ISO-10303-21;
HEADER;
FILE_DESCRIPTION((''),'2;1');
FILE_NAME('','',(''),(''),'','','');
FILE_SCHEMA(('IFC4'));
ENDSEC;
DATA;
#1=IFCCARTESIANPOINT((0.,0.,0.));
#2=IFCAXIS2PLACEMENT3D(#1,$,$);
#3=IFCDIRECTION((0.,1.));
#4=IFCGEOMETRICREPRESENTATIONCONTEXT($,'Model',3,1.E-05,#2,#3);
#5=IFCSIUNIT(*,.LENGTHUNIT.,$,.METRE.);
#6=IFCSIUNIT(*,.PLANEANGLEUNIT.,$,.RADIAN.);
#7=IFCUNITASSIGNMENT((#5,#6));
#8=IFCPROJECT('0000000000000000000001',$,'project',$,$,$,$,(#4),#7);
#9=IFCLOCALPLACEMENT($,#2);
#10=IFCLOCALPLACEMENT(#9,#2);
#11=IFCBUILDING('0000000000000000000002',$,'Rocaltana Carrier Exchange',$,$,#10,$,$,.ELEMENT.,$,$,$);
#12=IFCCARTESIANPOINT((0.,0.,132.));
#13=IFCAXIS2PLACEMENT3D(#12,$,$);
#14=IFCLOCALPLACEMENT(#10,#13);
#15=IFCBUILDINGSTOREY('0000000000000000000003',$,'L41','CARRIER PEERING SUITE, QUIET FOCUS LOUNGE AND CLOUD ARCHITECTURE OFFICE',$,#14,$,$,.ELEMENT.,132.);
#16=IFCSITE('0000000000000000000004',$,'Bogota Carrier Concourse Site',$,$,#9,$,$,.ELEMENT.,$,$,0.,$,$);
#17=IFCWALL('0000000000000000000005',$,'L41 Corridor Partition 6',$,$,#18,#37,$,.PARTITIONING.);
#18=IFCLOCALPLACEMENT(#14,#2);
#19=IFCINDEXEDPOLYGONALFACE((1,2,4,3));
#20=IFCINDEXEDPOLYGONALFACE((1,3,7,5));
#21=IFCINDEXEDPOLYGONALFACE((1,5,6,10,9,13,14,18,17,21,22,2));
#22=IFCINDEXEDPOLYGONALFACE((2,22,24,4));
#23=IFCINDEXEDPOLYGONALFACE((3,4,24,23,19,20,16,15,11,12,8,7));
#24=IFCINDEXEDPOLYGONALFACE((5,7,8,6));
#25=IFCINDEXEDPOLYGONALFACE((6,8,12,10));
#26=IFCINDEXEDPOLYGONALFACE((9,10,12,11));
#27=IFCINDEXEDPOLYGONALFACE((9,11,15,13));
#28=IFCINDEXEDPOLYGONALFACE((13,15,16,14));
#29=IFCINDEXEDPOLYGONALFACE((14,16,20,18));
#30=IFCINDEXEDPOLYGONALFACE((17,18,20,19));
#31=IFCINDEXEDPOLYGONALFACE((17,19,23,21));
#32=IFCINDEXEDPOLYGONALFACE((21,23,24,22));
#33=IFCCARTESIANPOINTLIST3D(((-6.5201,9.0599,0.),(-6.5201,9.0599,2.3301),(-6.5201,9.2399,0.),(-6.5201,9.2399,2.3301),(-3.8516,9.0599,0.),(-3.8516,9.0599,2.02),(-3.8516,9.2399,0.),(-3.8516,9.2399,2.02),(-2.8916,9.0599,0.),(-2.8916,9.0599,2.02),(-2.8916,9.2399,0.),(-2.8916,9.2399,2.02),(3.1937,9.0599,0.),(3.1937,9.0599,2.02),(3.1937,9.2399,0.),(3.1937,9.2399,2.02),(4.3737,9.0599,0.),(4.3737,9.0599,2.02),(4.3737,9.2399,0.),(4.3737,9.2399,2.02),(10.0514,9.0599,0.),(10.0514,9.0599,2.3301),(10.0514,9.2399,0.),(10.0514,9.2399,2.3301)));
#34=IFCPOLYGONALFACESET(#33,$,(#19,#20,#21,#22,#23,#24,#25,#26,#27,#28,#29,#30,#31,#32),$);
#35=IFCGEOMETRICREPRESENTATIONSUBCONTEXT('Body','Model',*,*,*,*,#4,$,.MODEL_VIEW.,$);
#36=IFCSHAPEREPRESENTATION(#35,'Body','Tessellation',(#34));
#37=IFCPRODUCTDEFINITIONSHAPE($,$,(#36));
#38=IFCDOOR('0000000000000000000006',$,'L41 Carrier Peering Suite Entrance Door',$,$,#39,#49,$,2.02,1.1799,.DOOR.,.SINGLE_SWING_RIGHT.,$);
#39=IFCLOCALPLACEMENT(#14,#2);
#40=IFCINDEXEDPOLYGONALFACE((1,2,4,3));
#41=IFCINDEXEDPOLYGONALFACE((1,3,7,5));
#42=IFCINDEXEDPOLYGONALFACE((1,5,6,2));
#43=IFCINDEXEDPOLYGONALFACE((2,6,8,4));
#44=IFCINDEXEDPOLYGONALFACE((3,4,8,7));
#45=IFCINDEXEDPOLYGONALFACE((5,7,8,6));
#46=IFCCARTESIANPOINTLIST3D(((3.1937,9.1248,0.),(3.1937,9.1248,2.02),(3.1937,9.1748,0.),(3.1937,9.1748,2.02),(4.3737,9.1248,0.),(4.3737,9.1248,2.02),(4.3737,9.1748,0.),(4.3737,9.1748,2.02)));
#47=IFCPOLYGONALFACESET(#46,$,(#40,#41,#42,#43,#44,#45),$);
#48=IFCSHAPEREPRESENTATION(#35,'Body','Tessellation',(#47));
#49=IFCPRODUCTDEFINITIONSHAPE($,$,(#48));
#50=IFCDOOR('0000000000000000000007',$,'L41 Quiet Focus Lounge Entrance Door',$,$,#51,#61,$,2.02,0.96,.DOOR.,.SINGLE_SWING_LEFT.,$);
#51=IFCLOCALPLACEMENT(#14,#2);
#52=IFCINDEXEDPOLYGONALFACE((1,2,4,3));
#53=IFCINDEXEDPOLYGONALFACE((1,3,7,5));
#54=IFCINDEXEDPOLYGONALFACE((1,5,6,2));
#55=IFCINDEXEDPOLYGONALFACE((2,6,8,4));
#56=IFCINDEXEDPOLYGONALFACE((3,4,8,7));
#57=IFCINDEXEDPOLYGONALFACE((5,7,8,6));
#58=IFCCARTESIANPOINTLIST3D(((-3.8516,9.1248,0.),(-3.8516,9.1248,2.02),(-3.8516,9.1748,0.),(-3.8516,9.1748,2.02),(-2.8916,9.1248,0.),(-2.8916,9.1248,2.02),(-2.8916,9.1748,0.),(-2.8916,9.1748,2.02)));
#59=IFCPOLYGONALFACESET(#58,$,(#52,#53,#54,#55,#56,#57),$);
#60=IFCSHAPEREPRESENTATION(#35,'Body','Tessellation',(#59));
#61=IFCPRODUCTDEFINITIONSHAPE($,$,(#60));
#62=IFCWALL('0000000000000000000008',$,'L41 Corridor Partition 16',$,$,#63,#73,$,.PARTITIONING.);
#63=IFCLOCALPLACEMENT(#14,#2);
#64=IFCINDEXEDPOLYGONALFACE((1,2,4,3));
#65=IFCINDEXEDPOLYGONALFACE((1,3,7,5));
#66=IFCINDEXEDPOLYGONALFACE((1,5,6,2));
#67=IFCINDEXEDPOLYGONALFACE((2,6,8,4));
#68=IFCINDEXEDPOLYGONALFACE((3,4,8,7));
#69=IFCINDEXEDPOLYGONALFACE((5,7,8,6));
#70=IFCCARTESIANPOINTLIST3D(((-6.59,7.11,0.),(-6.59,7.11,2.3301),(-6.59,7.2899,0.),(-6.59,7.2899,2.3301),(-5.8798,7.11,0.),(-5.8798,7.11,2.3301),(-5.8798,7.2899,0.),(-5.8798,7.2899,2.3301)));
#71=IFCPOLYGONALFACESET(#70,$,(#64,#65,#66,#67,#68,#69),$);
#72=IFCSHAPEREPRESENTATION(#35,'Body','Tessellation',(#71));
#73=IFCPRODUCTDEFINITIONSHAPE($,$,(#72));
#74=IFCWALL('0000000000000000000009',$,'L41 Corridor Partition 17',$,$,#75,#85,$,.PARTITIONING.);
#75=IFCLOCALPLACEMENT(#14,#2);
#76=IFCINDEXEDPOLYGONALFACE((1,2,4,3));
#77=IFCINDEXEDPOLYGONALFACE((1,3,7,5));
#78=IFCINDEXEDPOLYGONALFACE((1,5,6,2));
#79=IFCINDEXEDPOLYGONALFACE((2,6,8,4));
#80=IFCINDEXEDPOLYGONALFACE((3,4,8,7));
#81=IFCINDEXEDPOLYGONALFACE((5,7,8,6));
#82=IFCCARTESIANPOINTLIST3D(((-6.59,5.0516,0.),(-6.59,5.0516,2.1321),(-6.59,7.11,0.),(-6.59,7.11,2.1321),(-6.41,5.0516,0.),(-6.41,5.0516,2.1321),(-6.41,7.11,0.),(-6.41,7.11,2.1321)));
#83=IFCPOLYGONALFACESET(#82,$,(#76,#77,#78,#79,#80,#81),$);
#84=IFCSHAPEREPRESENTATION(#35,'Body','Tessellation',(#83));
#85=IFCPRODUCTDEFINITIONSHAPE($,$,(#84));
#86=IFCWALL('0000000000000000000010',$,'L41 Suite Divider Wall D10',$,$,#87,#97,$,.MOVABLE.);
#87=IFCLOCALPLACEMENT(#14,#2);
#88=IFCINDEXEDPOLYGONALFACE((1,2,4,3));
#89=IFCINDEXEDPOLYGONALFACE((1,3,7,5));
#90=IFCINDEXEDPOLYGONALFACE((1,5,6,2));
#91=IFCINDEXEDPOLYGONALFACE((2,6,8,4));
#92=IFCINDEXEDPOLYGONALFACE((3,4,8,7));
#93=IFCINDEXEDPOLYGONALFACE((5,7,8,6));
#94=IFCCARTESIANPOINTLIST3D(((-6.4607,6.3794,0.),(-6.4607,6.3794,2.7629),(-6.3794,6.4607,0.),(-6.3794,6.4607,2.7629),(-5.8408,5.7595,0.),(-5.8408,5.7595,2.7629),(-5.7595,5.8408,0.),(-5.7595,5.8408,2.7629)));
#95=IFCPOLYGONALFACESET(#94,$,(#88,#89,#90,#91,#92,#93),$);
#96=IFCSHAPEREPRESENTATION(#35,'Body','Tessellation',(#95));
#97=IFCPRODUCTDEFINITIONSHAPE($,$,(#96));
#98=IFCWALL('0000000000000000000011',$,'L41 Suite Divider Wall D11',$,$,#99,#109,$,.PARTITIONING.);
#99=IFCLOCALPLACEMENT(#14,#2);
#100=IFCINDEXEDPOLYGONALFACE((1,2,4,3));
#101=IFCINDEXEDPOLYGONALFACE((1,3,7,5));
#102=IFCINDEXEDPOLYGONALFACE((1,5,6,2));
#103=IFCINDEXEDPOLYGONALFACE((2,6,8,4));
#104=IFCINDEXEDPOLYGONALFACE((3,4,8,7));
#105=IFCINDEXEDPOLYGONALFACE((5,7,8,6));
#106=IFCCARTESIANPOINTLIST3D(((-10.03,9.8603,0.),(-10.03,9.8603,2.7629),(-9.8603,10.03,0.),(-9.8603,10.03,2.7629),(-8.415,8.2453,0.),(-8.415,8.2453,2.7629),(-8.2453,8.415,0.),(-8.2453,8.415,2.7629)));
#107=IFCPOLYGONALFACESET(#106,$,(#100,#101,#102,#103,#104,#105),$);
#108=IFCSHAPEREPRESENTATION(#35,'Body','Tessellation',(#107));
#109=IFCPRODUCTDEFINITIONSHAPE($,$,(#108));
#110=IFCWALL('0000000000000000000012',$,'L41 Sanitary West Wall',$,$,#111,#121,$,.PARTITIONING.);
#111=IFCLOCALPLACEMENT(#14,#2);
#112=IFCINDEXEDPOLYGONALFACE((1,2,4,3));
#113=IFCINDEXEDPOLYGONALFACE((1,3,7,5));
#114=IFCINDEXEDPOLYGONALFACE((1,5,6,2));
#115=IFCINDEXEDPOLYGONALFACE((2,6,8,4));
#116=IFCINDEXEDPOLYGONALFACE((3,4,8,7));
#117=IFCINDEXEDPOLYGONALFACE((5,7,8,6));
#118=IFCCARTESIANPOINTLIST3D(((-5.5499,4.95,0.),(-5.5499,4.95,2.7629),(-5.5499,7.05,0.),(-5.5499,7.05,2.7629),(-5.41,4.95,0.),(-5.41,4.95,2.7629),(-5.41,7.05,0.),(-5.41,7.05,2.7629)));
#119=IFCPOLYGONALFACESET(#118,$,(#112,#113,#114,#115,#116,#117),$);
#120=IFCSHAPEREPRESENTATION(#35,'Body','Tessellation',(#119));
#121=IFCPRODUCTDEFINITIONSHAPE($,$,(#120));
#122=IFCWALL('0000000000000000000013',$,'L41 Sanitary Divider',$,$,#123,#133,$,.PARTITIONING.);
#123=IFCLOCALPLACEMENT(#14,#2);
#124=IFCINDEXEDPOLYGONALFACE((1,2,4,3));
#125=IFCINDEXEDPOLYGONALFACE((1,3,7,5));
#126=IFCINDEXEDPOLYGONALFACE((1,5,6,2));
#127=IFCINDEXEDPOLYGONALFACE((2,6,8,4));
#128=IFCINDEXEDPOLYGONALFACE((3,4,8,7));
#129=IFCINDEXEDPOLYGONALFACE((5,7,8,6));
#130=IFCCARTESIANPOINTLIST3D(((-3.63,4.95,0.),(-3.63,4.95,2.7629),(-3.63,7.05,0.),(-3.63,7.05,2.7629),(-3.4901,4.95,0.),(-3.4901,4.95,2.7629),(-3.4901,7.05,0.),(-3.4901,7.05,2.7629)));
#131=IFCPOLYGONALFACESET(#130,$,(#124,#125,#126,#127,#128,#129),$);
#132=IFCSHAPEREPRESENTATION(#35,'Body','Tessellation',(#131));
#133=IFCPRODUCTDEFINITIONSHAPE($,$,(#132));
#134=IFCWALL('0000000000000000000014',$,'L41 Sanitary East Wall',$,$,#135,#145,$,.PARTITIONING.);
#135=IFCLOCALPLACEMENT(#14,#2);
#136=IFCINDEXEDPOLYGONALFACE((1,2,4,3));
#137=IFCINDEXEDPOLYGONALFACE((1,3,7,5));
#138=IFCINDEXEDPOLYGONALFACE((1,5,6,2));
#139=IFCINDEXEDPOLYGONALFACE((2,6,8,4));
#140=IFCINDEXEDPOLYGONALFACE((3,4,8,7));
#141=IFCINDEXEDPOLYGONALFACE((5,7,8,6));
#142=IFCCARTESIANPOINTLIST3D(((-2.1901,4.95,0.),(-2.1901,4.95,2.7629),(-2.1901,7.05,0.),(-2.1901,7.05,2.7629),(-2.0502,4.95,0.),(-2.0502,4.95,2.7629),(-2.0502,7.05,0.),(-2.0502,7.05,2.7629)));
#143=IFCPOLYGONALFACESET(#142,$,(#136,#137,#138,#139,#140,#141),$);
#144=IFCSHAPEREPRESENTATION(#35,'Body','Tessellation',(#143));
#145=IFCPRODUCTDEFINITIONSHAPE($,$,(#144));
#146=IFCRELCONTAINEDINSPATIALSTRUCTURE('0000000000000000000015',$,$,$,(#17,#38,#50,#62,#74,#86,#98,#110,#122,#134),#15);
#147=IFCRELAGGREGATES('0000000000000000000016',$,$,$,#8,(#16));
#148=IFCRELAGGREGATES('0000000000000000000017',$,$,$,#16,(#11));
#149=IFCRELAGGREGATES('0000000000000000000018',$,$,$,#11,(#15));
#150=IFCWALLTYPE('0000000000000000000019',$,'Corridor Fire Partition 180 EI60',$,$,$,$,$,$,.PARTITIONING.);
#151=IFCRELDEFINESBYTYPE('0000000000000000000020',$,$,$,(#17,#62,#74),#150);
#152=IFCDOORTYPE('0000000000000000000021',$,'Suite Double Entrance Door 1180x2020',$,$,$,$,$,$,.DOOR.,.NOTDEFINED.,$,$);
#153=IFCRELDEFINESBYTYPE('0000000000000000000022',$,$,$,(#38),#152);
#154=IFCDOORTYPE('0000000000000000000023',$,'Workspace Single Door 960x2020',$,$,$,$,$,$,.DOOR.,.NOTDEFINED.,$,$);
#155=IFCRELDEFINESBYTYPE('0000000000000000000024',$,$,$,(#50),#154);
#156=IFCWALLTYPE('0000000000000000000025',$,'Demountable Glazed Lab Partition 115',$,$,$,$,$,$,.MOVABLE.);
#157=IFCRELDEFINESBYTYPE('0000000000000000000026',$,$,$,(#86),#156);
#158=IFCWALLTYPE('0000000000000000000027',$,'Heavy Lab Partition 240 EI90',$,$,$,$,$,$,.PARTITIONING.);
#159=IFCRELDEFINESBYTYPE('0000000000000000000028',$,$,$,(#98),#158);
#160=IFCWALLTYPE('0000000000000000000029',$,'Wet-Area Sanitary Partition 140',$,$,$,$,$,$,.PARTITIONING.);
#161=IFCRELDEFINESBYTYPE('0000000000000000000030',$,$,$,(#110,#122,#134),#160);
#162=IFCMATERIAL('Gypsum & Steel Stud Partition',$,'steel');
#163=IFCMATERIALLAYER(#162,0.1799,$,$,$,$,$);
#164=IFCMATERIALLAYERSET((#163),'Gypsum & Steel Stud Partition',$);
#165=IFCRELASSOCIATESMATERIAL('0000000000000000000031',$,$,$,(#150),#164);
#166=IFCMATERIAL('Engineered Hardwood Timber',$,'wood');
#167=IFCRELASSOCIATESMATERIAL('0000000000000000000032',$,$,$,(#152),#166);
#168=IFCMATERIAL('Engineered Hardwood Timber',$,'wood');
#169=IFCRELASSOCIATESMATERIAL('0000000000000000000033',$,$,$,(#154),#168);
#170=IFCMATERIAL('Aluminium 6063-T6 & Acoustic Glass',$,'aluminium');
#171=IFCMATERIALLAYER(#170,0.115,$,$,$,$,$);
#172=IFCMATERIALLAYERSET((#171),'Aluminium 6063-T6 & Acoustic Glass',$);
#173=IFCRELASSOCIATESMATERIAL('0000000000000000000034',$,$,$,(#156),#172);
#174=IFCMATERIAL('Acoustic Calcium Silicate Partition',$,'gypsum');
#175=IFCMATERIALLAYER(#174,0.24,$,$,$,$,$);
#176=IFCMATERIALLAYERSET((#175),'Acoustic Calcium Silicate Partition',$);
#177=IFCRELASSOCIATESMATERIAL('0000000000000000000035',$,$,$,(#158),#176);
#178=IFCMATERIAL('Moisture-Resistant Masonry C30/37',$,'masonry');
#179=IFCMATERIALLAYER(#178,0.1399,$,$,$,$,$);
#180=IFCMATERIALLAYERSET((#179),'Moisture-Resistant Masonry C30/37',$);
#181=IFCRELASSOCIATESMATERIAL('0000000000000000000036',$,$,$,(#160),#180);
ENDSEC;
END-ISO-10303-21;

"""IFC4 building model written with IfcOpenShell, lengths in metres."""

from ifc_helpers import new_model, si_unit, direction, frame, frame_2d, origin, place, context, subcontext, project, spatial, rectangle, extrude, material, layer, layer_set, type_object, element, fill, save


model = new_model("IFC4")

# Units and contexts
model_context = context("Model", 3, precision=1e-05, world=origin(), true_north=direction((0.0, 1.0)))
body_context = subcontext(model_context, "Body", "Model", "MODEL_VIEW")
ifc_project = project(units=[si_unit("LENGTHUNIT", "METRE"), si_unit("PLANEANGLEUNIT", "RADIAN")], contexts=[model_context])

# Site, building, storey
site_placement = place(None, origin())
site = spatial("IfcSite", under=ifc_project, at=site_placement, Name="Bogota Carrier Concourse Site", CompositionType="ELEMENT", RefElevation=0.0)
building_placement = place(site_placement, origin())
building = spatial("IfcBuilding", under=site, at=building_placement, Name="Rocaltana Carrier Exchange", CompositionType="ELEMENT")
storey_placement = place(building_placement, frame((0.0, 0.0, 132.0)))
storey = spatial("IfcBuildingStorey", under=building, at=storey_placement, Name="L41", Description="CARRIER PEERING SUITE, QUIET FOCUS LOUNGE AND CLOUD ARCHITECTURE OFFICE", CompositionType="ELEMENT", Elevation=132.0)

# Shared definitions
ifc_material_1 = material(Name="Gypsum & Steel Stud Partition", Category="steel")
ifc_layer_1 = layer(ifc_material_1, 0.1799)
ifc_layer_set_1 = layer_set([ifc_layer_1], Name="Gypsum & Steel Stud Partition")
wall_type_1 = type_object("IfcWallType", Name="Corridor Fire Partition 180 EI60", PredefinedType="PARTITIONING", material=ifc_layer_set_1)

# Wall, openings, doors
wall_1_placement = place(storey_placement, frame((-6.52, 9.1499, 0.0), z_axis=(0.0, 0.0, 1.0), x_axis=(1.0, 0.0, 0.0)))
wall_1 = element("IfcWall", 1, at=wall_1_placement, inside=storey, type_object=wall_type_1, Name="L41 Corridor Partition 6", PredefinedType="PARTITIONING", context=body_context, shape_type="SweptSolid", body=[
    extrude(rectangle(XDim=16.5715, YDim=0.1799, at=frame_2d((8.2856, 0.0))), origin(), (0.0, 0.0, 1.0), 2.3301),
])
opening_1_placement = place(wall_1_placement, frame((9.7139, 0.0, 0.0)))
opening_1 = element("IfcOpeningElement", 2, at=opening_1_placement, cuts=wall_1, PredefinedType="OPENING", context=body_context, shape_type="SweptSolid", body=[
    extrude(rectangle(XDim=1.1799, YDim=2.02, at=frame_2d((0.5898, 1.01))), frame((0.0, 0.0999, 0.0), z_axis=(0.0, -1.0, 0.0), x_axis=(1.0, 0.0, 0.0)), (0.0, 0.0, 1.0), 0.2),
])
opening_2_placement = place(wall_1_placement, frame((2.6685, 0.0, 0.0)))
opening_2 = element("IfcOpeningElement", 3, at=opening_2_placement, cuts=wall_1, PredefinedType="OPENING", context=body_context, shape_type="SweptSolid", body=[
    extrude(rectangle(XDim=0.96, YDim=2.02, at=frame_2d((0.48, 1.01))), frame((0.0, 0.0999, 0.0), z_axis=(0.0, -1.0, 0.0), x_axis=(1.0, 0.0, 0.0)), (0.0, 0.0, 1.0), 0.2),
])
ifc_material_2 = material(Name="Engineered Hardwood Timber", Category="wood")
door_type_1 = type_object("IfcDoorType", Name="Suite Double Entrance Door 1180x2020", OperationType="NOTDEFINED", PredefinedType="DOOR", material=ifc_material_2)
door_1_placement = place(opening_1_placement, origin())
door_1 = element("IfcDoor", 4, at=door_1_placement, inside=storey, type_object=door_type_1, Name="L41 Carrier Peering Suite Entrance Door", OperationType="SINGLE_SWING_RIGHT", OverallHeight=2.02, OverallWidth=1.1799, PredefinedType="DOOR", context=body_context, shape_type="SweptSolid", body=[
    extrude(rectangle(XDim=1.1799, YDim=2.02, at=frame_2d((0.5898, 1.01))), frame((0.0, 0.0249, 0.0), z_axis=(0.0, -1.0, 0.0), x_axis=(1.0, 0.0, 0.0)), (0.0, 0.0, 1.0), 0.05),
])
fill(opening_1, door_1)
ifc_material_3 = material(Name="Engineered Hardwood Timber", Category="wood")
door_type_2 = type_object("IfcDoorType", Name="Workspace Single Door 960x2020", OperationType="NOTDEFINED", PredefinedType="DOOR", material=ifc_material_3)
door_2_placement = place(opening_2_placement, origin())
door_2 = element("IfcDoor", 5, at=door_2_placement, inside=storey, type_object=door_type_2, Name="L41 Quiet Focus Lounge Entrance Door", OperationType="SINGLE_SWING_LEFT", OverallHeight=2.02, OverallWidth=0.96, PredefinedType="DOOR", context=body_context, shape_type="SweptSolid", body=[
    extrude(rectangle(XDim=0.96, YDim=2.02, at=frame_2d((0.48, 1.01))), frame((0.0, 0.0249, 0.0), z_axis=(0.0, -1.0, 0.0), x_axis=(1.0, 0.0, 0.0)), (0.0, 0.0, 1.0), 0.05),
])
fill(opening_2, door_2)

# Walls
wall_2_placement = place(storey_placement, frame((-5.8799, 7.2, 0.0), z_axis=(0.0, 0.0, 1.0), x_axis=(-1.0, 0.0, 0.0)))
element("IfcWall", 6, at=wall_2_placement, inside=storey, type_object=wall_type_1, Name="L41 Corridor Partition 16", PredefinedType="PARTITIONING", context=body_context, shape_type="SweptSolid", body=[
    extrude(rectangle(XDim=0.7102, YDim=0.1799, at=frame_2d((0.355, 0.0))), origin(), (0.0, 0.0, 1.0), 2.3301),
])
wall_3_placement = place(storey_placement, frame((-6.5, 7.1101, 0.0), z_axis=(0.0, 0.0, 1.0), x_axis=(0.0, -1.0, 0.0)))
element("IfcWall", 7, at=wall_3_placement, inside=storey, type_object=wall_type_1, Name="L41 Corridor Partition 17", PredefinedType="PARTITIONING", context=body_context, shape_type="SweptSolid", body=[
    extrude(rectangle(XDim=2.0583, YDim=0.1799, at=frame_2d((1.0293, 0.0))), origin(), (0.0, 0.0, 1.0), 2.1321),
])
ifc_material_4 = material(Name="Aluminium 6063-T6 & Acoustic Glass", Category="aluminium")
ifc_layer_2 = layer(ifc_material_4, 0.115)
ifc_layer_set_2 = layer_set([ifc_layer_2], Name="Aluminium 6063-T6 & Acoustic Glass")
wall_type_2 = type_object("IfcWallType", Name="Demountable Glazed Lab Partition 115", PredefinedType="MOVABLE", material=ifc_layer_set_2)
wall_4_placement = place(storey_placement, frame((-5.8, 5.8, 0.0), z_axis=(0.0, 0.0, 1.0), x_axis=(-0.707107, 0.707107, 0.0)))
element("IfcWall", 8, at=wall_4_placement, inside=storey, type_object=wall_type_2, Name="L41 Suite Divider Wall D10", PredefinedType="MOVABLE", context=body_context, shape_type="SweptSolid", body=[
    extrude(rectangle(XDim=0.8767, YDim=0.115, at=frame_2d((0.4385, 0.0))), origin(), (0.0, 0.0, 1.0), 2.7629),
])
ifc_material_5 = material(Name="Acoustic Calcium Silicate Partition", Category="gypsum")
ifc_layer_3 = layer(ifc_material_5, 0.24)
ifc_layer_set_3 = layer_set([ifc_layer_3], Name="Acoustic Calcium Silicate Partition")
wall_type_3 = type_object("IfcWallType", Name="Heavy Lab Partition 240 EI90", PredefinedType="PARTITIONING", material=ifc_layer_set_3)
wall_5_placement = place(storey_placement, frame((-8.3301, 8.3301, 0.0), z_axis=(0.0, 0.0, 1.0), x_axis=(-0.707107, 0.707107, 0.0)))
element("IfcWall", 9, at=wall_5_placement, inside=storey, type_object=wall_type_3, Name="L41 Suite Divider Wall D11", PredefinedType="PARTITIONING", context=body_context, shape_type="SweptSolid", body=[
    extrude(rectangle(XDim=2.2839, YDim=0.24, at=frame_2d((1.1421, 0.0))), origin(), (0.0, 0.0, 1.0), 2.7629),
])
ifc_material_6 = material(Name="Moisture-Resistant Masonry C30/37", Category="masonry")
ifc_layer_4 = layer(ifc_material_6, 0.1399)
ifc_layer_set_4 = layer_set([ifc_layer_4], Name="Moisture-Resistant Masonry C30/37")
wall_type_4 = type_object("IfcWallType", Name="Wet-Area Sanitary Partition 140", PredefinedType="PARTITIONING", material=ifc_layer_set_4)
for number, where, z_axis, x_axis, name in (
    (10, (-5.48, 4.95, 0.0), (0.0, 0.0, 1.0), (0.0, 1.0, 0.0), "L41 Sanitary West Wall"),
    (11, (-3.5601, 4.95, 0.0), (0.0, 0.0, 1.0), (0.0, 1.0, 0.0), "L41 Sanitary Divider"),
    (12, (-2.1201, 4.95, 0.0), (0.0, 0.0, 1.0), (0.0, 1.0, 0.0), "L41 Sanitary East Wall"),
):
    element("IfcWall", number, at=place(storey_placement, frame(where, z_axis=z_axis, x_axis=x_axis)), inside=storey, type_object=wall_type_4, Name=name, PredefinedType="PARTITIONING", context=body_context, shape_type="SweptSolid", body=[
        extrude(rectangle(XDim=2.1001, YDim=0.1399, at=frame_2d((1.05, 0.0))), origin(), (0.0, 0.0, 1.0), 2.7629),
    ])

save(model, "model.ifc")
